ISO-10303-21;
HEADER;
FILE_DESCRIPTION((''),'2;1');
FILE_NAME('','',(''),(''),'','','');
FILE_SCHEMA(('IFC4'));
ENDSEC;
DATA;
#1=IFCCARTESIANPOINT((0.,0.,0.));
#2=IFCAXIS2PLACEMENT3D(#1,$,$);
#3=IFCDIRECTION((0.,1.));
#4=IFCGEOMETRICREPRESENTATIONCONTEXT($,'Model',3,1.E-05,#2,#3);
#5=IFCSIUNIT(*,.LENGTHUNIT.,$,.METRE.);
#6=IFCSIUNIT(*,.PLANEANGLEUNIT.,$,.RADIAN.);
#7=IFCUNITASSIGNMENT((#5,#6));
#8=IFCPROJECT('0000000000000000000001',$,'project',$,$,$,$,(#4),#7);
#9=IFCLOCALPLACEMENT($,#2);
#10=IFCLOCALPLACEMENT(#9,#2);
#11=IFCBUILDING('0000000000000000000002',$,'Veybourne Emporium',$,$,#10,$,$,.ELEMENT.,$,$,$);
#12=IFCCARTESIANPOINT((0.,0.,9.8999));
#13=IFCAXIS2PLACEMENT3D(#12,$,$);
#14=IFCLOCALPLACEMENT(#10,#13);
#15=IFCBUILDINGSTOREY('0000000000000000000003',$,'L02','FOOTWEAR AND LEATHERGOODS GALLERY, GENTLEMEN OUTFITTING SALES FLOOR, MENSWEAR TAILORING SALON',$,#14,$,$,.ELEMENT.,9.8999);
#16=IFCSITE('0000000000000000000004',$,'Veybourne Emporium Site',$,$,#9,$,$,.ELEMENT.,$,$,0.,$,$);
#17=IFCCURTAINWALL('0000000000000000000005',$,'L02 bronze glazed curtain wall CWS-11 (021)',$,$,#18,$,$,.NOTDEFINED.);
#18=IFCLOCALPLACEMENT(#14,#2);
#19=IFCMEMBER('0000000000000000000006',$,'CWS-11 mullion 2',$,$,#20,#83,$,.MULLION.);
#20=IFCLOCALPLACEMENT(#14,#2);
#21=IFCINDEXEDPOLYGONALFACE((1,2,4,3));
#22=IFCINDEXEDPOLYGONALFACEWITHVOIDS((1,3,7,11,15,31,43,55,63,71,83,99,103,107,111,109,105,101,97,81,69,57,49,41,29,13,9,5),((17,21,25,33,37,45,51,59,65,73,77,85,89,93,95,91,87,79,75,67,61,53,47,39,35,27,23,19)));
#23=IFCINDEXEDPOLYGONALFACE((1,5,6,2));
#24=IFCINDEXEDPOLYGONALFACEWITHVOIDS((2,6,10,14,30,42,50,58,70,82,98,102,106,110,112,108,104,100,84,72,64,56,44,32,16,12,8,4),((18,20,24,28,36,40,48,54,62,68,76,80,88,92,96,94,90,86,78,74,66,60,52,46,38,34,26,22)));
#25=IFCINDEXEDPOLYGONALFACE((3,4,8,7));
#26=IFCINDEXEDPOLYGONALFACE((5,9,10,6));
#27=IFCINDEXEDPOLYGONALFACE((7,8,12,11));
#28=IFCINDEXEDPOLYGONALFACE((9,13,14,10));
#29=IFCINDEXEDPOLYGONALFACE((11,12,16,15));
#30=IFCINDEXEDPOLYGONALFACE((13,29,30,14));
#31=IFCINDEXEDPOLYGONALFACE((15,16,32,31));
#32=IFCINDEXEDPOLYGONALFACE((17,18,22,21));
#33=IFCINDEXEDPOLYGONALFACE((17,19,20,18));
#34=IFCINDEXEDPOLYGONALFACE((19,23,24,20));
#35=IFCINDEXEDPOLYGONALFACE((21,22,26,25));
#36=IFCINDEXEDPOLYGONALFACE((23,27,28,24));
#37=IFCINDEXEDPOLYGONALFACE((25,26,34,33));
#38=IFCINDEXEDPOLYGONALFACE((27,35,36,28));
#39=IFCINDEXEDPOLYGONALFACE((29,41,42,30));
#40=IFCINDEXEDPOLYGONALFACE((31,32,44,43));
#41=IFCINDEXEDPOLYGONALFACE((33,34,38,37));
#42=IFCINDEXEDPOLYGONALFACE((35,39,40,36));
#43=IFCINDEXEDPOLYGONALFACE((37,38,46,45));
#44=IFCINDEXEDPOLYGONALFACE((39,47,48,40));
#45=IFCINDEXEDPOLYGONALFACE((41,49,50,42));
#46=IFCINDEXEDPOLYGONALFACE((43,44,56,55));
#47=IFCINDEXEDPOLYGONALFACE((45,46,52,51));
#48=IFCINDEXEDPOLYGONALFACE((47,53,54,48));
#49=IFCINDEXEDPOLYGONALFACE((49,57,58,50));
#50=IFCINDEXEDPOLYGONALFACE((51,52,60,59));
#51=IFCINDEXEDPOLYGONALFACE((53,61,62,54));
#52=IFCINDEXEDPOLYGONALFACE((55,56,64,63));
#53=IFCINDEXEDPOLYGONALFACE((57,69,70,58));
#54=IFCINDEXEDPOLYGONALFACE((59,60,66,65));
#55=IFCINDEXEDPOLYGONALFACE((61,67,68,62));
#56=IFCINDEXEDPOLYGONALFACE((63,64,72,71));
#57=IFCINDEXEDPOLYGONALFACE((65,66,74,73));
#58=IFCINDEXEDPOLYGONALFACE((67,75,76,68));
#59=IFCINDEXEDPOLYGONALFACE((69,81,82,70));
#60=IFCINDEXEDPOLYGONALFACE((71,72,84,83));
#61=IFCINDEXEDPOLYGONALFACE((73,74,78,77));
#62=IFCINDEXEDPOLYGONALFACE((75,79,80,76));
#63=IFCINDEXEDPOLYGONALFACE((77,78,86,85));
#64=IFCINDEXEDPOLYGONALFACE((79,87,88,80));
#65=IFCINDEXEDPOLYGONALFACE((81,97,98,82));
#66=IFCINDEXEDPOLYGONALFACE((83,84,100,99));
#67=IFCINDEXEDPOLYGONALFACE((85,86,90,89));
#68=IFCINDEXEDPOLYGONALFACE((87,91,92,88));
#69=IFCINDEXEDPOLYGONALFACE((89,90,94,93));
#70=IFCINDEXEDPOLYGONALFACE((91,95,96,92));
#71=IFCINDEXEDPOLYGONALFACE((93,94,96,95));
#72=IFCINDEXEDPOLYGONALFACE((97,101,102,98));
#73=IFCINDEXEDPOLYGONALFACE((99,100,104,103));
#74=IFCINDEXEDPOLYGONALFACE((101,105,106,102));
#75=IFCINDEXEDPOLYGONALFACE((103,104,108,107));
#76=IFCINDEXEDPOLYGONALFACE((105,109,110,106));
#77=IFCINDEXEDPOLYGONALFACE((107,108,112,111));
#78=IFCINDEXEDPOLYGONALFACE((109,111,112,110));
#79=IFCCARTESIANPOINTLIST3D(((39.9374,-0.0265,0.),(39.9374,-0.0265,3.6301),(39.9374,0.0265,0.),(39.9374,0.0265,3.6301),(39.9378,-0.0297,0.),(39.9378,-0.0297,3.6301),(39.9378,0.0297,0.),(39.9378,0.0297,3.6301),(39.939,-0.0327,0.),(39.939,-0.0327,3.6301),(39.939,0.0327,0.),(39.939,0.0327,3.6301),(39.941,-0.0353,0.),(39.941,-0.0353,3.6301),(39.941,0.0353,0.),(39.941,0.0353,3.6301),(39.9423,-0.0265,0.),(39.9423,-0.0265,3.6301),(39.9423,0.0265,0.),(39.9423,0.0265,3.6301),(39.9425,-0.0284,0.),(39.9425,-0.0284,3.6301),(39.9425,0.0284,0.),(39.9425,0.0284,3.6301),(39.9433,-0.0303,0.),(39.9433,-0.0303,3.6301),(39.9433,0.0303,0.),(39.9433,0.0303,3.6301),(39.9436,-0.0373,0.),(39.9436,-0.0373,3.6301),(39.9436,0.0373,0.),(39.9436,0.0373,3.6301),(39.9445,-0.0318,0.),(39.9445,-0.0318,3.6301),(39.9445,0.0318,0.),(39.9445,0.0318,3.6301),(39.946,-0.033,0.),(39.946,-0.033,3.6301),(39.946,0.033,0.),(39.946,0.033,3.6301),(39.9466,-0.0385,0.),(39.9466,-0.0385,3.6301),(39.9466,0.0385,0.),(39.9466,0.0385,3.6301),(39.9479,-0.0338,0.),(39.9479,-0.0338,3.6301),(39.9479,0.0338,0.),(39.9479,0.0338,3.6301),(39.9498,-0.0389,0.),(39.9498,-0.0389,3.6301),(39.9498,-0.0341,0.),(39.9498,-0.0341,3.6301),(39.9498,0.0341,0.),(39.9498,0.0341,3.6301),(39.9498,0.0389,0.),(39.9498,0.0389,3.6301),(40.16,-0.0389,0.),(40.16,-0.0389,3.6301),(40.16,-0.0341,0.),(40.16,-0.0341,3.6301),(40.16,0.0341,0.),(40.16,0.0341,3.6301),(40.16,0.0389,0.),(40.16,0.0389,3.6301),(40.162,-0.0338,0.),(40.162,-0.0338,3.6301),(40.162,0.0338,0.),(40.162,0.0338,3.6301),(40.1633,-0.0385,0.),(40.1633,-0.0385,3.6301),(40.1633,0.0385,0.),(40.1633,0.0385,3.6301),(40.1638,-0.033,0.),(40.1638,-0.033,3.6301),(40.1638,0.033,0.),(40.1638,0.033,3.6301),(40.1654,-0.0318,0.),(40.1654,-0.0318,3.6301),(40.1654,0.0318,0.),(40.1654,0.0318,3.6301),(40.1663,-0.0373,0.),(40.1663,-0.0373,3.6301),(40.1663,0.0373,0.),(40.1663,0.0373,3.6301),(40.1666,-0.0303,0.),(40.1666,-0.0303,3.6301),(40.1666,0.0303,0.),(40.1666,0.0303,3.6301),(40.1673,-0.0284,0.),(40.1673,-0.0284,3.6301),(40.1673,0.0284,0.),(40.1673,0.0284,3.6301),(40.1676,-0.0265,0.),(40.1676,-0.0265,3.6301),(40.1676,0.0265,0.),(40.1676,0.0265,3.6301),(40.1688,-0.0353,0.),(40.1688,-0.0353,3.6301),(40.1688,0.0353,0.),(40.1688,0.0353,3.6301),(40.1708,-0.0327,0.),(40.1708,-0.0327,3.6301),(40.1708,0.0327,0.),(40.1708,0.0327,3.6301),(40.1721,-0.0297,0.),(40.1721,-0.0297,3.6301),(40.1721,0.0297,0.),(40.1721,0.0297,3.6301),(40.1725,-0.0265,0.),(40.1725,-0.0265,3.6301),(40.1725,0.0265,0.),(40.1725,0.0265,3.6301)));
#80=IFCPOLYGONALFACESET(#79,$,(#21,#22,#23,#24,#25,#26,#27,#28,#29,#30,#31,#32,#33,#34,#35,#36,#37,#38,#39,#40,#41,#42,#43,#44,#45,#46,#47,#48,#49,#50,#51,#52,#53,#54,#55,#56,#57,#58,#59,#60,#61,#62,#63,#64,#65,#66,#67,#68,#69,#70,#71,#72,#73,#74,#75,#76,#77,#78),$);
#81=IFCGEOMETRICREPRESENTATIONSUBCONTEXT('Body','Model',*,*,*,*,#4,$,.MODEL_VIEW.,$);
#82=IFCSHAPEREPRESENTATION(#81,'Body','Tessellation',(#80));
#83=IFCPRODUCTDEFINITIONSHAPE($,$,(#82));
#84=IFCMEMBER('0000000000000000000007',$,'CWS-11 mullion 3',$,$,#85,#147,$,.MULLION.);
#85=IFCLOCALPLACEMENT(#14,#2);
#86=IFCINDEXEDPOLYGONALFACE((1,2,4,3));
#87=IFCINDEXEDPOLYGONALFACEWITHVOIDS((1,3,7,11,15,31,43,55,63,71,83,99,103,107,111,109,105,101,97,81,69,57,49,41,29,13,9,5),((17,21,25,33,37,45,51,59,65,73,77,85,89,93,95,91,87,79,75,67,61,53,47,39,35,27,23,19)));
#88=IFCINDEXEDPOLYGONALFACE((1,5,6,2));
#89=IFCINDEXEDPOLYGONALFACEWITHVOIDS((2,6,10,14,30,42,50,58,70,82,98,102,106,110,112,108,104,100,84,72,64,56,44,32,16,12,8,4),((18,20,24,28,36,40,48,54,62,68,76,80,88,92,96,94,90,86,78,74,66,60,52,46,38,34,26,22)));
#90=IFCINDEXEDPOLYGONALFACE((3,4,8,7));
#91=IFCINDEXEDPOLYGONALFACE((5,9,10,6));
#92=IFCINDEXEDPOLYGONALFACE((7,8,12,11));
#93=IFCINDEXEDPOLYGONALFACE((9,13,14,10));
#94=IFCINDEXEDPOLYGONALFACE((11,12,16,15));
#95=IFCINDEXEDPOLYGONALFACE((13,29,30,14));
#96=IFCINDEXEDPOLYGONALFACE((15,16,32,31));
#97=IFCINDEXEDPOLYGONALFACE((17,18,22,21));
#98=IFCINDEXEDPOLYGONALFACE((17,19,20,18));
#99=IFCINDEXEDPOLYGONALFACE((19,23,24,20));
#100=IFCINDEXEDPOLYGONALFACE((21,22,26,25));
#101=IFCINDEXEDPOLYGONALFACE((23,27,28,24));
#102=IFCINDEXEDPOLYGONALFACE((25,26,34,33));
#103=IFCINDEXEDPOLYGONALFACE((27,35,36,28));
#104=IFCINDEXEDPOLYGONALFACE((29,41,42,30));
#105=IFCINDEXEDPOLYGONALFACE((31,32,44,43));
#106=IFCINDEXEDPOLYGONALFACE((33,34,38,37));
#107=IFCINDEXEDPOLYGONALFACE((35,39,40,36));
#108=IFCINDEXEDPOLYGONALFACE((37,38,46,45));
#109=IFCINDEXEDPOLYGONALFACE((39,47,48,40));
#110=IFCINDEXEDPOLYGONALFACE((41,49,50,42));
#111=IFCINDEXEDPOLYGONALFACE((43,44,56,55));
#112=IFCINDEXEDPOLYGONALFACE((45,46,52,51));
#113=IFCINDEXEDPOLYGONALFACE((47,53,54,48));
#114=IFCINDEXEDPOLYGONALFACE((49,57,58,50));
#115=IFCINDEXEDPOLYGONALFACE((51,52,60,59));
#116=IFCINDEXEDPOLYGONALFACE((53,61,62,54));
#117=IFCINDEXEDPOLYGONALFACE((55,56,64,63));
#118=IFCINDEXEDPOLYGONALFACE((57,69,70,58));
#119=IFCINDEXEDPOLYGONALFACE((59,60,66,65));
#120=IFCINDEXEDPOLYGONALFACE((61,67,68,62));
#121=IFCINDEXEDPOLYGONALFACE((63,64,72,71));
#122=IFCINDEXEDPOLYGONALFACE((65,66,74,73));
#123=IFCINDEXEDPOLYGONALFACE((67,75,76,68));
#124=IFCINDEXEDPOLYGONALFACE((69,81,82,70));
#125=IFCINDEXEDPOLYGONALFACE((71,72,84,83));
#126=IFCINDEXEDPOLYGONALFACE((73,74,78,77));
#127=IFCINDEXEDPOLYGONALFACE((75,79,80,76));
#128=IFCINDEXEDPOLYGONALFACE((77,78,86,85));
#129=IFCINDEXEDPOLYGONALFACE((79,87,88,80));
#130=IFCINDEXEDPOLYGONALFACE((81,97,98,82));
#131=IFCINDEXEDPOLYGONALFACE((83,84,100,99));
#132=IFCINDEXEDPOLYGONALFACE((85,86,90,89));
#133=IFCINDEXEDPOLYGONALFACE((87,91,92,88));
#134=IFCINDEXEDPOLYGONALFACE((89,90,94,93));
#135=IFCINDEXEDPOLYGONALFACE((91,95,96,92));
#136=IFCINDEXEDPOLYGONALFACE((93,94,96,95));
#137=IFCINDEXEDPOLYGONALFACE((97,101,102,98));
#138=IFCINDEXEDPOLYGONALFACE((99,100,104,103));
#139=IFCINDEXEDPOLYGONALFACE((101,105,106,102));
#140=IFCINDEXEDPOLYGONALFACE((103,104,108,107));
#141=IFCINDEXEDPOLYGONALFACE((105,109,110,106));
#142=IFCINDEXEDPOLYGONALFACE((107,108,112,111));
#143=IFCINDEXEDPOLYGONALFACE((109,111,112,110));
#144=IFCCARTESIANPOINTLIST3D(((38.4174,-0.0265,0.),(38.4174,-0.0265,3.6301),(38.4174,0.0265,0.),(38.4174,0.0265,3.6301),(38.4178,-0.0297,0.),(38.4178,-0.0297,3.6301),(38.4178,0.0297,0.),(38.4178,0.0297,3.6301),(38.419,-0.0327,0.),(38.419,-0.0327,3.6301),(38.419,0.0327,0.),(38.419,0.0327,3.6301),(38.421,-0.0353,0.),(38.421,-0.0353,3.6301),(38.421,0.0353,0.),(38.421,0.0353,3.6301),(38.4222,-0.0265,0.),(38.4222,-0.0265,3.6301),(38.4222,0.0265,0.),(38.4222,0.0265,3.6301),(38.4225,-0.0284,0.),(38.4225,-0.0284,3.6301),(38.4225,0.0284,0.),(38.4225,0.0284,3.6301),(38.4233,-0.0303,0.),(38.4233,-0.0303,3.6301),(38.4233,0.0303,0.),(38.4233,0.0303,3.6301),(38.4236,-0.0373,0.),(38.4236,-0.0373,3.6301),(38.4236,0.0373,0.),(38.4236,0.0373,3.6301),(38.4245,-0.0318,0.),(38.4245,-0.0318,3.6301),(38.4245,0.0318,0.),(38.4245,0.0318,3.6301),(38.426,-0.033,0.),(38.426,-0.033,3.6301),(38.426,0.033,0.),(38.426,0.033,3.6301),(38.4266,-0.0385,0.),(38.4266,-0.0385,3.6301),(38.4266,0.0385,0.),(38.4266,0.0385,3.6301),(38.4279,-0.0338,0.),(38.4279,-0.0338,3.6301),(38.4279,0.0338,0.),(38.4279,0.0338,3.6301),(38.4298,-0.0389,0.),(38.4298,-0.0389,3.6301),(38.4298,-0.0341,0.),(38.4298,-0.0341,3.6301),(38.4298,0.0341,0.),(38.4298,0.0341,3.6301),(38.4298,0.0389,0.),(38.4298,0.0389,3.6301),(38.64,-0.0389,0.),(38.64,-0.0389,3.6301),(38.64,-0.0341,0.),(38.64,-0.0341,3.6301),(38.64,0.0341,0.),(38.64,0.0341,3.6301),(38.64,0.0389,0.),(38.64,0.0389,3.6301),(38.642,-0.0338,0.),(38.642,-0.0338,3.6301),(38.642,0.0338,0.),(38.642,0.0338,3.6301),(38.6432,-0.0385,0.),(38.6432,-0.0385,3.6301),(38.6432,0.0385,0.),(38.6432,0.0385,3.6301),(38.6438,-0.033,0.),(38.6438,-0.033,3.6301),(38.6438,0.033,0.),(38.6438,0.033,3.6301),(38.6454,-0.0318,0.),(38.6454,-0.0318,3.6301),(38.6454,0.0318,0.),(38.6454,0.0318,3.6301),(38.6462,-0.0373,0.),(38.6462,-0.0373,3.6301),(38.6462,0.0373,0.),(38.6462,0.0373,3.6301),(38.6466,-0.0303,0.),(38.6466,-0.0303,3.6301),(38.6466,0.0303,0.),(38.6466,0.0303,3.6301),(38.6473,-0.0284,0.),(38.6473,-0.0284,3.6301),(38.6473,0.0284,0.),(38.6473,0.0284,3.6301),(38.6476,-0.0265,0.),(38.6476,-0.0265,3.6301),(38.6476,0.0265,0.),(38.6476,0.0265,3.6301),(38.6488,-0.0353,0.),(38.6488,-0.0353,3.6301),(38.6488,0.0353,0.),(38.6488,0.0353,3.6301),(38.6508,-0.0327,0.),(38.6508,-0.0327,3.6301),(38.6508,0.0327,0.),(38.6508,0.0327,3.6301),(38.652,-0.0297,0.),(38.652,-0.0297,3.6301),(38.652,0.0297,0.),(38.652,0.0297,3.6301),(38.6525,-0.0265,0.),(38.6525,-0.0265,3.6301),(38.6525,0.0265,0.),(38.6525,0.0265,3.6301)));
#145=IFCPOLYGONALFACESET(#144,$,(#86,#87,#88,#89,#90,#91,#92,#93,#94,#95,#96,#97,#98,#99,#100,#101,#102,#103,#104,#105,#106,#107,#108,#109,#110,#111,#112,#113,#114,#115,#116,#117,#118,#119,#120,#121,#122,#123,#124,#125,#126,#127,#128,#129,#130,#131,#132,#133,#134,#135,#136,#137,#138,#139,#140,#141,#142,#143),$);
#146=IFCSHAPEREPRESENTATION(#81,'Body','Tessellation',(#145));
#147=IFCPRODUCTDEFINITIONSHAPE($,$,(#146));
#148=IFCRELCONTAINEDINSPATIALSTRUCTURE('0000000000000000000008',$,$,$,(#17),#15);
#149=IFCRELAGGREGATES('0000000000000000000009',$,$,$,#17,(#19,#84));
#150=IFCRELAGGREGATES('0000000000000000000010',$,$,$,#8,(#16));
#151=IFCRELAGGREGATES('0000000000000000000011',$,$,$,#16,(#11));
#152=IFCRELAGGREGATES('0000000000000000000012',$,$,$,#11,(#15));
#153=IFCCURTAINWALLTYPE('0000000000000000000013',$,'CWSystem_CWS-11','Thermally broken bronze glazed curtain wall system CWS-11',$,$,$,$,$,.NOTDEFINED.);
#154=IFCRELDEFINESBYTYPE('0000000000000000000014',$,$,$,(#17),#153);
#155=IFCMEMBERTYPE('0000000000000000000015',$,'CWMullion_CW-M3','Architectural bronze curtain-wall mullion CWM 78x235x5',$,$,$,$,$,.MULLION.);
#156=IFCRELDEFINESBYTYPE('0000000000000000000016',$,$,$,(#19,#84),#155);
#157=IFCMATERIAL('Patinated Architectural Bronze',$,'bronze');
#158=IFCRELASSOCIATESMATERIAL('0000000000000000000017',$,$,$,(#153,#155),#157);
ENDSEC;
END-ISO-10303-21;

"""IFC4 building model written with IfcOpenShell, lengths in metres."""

from ifc_helpers import new_model, si_unit, direction, frame, origin, origin_2d, place, context, subcontext, project, spatial, hollow_rectangle, extrude, material, material_profile, profile_set, type_object, element, aggregate, save


model = new_model("IFC4")

# Units and contexts
model_context = context("Model", 3, precision=1e-05, world=origin(), true_north=direction((0.0, 1.0)))
body_context = subcontext(model_context, "Body", "Model", "MODEL_VIEW")
ifc_project = project(units=[si_unit("LENGTHUNIT", "METRE"), si_unit("PLANEANGLEUNIT", "RADIAN")], contexts=[model_context])

# Site, building, storey
site_placement = place(None, origin())
site = spatial("IfcSite", under=ifc_project, at=site_placement, Name="Veybourne Emporium Site", CompositionType="ELEMENT", RefElevation=0.0)
building_placement = place(site_placement, origin())
building = spatial("IfcBuilding", under=site, at=building_placement, Name="Veybourne Emporium", CompositionType="ELEMENT")
storey_placement = place(building_placement, frame((0.0, 0.0, 9.8999)))
storey = spatial("IfcBuildingStorey", under=building, at=storey_placement, Name="L02", Description="FOOTWEAR AND LEATHERGOODS GALLERY, GENTLEMEN OUTFITTING SALES FLOOR, MENSWEAR TAILORING SALON", CompositionType="ELEMENT", Elevation=9.8999)

# Shared definitions
ifc_material_1 = material(Name="Patinated Architectural Bronze", Category="bronze")

# Curtain wall, members
curtain_wall_type_1 = type_object("IfcCurtainWallType", Name="CWSystem_CWS-11", Description="Thermally broken bronze glazed curtain wall system CWS-11", PredefinedType="NOTDEFINED", material=ifc_material_1)
curtain_wall_1_placement = place(storey_placement, origin())
curtain_wall_1 = element("IfcCurtainWall", 1, at=curtain_wall_1_placement, inside=storey, type_object=curtain_wall_type_1, Name="L02 bronze glazed curtain wall CWS-11 (021)", PredefinedType="NOTDEFINED")
ifc_material_profile_1 = material_profile(ifc_material_1, hollow_rectangle(XDim=0.0779, YDim=0.2351, WallThickness=0.0049, InnerFilletRadius=0.0076, OuterFilletRadius=0.0125, at=origin_2d()), Name="CWM 78x235x5")
ifc_profile_set_1 = profile_set([ifc_material_profile_1], Name="Patinated Architectural Bronze")
member_type_1 = type_object("IfcMemberType", Name="CWMullion_CW-M3", Description="Architectural bronze curtain-wall mullion CWM 78x235x5", PredefinedType="MULLION", material=ifc_profile_set_1)
member_1_placement = place(storey_placement, frame((40.0549, 0.0, 0.0), z_axis=(0.0, 0.0, 1.0), x_axis=(0.0, -1.0, 0.0)))
member_1 = element("IfcMember", 2, at=member_1_placement, type_object=member_type_1, Name="CWS-11 mullion 2", PredefinedType="MULLION", context=body_context, shape_type="SweptSolid", body=[
    extrude(hollow_rectangle(XDim=0.0779, YDim=0.2351, WallThickness=0.0049, InnerFilletRadius=0.0076, OuterFilletRadius=0.0125, at=origin_2d()), origin(), (0.0, 0.0, 1.0), 3.6301),
])
member_2_placement = place(storey_placement, frame((38.5349, 0.0, 0.0), z_axis=(0.0, 0.0, 1.0), x_axis=(0.0, -1.0, 0.0)))
member_2 = element("IfcMember", 3, at=member_2_placement, type_object=member_type_1, Name="CWS-11 mullion 3", PredefinedType="MULLION", context=body_context, shape_type="SweptSolid", body=[
    extrude(hollow_rectangle(XDim=0.0779, YDim=0.2351, WallThickness=0.0049, InnerFilletRadius=0.0076, OuterFilletRadius=0.0125, at=origin_2d()), origin(), (0.0, 0.0, 1.0), 3.6301),
])

aggregate(curtain_wall_1, [member_1, member_2])

save(model, "model.ifc")
